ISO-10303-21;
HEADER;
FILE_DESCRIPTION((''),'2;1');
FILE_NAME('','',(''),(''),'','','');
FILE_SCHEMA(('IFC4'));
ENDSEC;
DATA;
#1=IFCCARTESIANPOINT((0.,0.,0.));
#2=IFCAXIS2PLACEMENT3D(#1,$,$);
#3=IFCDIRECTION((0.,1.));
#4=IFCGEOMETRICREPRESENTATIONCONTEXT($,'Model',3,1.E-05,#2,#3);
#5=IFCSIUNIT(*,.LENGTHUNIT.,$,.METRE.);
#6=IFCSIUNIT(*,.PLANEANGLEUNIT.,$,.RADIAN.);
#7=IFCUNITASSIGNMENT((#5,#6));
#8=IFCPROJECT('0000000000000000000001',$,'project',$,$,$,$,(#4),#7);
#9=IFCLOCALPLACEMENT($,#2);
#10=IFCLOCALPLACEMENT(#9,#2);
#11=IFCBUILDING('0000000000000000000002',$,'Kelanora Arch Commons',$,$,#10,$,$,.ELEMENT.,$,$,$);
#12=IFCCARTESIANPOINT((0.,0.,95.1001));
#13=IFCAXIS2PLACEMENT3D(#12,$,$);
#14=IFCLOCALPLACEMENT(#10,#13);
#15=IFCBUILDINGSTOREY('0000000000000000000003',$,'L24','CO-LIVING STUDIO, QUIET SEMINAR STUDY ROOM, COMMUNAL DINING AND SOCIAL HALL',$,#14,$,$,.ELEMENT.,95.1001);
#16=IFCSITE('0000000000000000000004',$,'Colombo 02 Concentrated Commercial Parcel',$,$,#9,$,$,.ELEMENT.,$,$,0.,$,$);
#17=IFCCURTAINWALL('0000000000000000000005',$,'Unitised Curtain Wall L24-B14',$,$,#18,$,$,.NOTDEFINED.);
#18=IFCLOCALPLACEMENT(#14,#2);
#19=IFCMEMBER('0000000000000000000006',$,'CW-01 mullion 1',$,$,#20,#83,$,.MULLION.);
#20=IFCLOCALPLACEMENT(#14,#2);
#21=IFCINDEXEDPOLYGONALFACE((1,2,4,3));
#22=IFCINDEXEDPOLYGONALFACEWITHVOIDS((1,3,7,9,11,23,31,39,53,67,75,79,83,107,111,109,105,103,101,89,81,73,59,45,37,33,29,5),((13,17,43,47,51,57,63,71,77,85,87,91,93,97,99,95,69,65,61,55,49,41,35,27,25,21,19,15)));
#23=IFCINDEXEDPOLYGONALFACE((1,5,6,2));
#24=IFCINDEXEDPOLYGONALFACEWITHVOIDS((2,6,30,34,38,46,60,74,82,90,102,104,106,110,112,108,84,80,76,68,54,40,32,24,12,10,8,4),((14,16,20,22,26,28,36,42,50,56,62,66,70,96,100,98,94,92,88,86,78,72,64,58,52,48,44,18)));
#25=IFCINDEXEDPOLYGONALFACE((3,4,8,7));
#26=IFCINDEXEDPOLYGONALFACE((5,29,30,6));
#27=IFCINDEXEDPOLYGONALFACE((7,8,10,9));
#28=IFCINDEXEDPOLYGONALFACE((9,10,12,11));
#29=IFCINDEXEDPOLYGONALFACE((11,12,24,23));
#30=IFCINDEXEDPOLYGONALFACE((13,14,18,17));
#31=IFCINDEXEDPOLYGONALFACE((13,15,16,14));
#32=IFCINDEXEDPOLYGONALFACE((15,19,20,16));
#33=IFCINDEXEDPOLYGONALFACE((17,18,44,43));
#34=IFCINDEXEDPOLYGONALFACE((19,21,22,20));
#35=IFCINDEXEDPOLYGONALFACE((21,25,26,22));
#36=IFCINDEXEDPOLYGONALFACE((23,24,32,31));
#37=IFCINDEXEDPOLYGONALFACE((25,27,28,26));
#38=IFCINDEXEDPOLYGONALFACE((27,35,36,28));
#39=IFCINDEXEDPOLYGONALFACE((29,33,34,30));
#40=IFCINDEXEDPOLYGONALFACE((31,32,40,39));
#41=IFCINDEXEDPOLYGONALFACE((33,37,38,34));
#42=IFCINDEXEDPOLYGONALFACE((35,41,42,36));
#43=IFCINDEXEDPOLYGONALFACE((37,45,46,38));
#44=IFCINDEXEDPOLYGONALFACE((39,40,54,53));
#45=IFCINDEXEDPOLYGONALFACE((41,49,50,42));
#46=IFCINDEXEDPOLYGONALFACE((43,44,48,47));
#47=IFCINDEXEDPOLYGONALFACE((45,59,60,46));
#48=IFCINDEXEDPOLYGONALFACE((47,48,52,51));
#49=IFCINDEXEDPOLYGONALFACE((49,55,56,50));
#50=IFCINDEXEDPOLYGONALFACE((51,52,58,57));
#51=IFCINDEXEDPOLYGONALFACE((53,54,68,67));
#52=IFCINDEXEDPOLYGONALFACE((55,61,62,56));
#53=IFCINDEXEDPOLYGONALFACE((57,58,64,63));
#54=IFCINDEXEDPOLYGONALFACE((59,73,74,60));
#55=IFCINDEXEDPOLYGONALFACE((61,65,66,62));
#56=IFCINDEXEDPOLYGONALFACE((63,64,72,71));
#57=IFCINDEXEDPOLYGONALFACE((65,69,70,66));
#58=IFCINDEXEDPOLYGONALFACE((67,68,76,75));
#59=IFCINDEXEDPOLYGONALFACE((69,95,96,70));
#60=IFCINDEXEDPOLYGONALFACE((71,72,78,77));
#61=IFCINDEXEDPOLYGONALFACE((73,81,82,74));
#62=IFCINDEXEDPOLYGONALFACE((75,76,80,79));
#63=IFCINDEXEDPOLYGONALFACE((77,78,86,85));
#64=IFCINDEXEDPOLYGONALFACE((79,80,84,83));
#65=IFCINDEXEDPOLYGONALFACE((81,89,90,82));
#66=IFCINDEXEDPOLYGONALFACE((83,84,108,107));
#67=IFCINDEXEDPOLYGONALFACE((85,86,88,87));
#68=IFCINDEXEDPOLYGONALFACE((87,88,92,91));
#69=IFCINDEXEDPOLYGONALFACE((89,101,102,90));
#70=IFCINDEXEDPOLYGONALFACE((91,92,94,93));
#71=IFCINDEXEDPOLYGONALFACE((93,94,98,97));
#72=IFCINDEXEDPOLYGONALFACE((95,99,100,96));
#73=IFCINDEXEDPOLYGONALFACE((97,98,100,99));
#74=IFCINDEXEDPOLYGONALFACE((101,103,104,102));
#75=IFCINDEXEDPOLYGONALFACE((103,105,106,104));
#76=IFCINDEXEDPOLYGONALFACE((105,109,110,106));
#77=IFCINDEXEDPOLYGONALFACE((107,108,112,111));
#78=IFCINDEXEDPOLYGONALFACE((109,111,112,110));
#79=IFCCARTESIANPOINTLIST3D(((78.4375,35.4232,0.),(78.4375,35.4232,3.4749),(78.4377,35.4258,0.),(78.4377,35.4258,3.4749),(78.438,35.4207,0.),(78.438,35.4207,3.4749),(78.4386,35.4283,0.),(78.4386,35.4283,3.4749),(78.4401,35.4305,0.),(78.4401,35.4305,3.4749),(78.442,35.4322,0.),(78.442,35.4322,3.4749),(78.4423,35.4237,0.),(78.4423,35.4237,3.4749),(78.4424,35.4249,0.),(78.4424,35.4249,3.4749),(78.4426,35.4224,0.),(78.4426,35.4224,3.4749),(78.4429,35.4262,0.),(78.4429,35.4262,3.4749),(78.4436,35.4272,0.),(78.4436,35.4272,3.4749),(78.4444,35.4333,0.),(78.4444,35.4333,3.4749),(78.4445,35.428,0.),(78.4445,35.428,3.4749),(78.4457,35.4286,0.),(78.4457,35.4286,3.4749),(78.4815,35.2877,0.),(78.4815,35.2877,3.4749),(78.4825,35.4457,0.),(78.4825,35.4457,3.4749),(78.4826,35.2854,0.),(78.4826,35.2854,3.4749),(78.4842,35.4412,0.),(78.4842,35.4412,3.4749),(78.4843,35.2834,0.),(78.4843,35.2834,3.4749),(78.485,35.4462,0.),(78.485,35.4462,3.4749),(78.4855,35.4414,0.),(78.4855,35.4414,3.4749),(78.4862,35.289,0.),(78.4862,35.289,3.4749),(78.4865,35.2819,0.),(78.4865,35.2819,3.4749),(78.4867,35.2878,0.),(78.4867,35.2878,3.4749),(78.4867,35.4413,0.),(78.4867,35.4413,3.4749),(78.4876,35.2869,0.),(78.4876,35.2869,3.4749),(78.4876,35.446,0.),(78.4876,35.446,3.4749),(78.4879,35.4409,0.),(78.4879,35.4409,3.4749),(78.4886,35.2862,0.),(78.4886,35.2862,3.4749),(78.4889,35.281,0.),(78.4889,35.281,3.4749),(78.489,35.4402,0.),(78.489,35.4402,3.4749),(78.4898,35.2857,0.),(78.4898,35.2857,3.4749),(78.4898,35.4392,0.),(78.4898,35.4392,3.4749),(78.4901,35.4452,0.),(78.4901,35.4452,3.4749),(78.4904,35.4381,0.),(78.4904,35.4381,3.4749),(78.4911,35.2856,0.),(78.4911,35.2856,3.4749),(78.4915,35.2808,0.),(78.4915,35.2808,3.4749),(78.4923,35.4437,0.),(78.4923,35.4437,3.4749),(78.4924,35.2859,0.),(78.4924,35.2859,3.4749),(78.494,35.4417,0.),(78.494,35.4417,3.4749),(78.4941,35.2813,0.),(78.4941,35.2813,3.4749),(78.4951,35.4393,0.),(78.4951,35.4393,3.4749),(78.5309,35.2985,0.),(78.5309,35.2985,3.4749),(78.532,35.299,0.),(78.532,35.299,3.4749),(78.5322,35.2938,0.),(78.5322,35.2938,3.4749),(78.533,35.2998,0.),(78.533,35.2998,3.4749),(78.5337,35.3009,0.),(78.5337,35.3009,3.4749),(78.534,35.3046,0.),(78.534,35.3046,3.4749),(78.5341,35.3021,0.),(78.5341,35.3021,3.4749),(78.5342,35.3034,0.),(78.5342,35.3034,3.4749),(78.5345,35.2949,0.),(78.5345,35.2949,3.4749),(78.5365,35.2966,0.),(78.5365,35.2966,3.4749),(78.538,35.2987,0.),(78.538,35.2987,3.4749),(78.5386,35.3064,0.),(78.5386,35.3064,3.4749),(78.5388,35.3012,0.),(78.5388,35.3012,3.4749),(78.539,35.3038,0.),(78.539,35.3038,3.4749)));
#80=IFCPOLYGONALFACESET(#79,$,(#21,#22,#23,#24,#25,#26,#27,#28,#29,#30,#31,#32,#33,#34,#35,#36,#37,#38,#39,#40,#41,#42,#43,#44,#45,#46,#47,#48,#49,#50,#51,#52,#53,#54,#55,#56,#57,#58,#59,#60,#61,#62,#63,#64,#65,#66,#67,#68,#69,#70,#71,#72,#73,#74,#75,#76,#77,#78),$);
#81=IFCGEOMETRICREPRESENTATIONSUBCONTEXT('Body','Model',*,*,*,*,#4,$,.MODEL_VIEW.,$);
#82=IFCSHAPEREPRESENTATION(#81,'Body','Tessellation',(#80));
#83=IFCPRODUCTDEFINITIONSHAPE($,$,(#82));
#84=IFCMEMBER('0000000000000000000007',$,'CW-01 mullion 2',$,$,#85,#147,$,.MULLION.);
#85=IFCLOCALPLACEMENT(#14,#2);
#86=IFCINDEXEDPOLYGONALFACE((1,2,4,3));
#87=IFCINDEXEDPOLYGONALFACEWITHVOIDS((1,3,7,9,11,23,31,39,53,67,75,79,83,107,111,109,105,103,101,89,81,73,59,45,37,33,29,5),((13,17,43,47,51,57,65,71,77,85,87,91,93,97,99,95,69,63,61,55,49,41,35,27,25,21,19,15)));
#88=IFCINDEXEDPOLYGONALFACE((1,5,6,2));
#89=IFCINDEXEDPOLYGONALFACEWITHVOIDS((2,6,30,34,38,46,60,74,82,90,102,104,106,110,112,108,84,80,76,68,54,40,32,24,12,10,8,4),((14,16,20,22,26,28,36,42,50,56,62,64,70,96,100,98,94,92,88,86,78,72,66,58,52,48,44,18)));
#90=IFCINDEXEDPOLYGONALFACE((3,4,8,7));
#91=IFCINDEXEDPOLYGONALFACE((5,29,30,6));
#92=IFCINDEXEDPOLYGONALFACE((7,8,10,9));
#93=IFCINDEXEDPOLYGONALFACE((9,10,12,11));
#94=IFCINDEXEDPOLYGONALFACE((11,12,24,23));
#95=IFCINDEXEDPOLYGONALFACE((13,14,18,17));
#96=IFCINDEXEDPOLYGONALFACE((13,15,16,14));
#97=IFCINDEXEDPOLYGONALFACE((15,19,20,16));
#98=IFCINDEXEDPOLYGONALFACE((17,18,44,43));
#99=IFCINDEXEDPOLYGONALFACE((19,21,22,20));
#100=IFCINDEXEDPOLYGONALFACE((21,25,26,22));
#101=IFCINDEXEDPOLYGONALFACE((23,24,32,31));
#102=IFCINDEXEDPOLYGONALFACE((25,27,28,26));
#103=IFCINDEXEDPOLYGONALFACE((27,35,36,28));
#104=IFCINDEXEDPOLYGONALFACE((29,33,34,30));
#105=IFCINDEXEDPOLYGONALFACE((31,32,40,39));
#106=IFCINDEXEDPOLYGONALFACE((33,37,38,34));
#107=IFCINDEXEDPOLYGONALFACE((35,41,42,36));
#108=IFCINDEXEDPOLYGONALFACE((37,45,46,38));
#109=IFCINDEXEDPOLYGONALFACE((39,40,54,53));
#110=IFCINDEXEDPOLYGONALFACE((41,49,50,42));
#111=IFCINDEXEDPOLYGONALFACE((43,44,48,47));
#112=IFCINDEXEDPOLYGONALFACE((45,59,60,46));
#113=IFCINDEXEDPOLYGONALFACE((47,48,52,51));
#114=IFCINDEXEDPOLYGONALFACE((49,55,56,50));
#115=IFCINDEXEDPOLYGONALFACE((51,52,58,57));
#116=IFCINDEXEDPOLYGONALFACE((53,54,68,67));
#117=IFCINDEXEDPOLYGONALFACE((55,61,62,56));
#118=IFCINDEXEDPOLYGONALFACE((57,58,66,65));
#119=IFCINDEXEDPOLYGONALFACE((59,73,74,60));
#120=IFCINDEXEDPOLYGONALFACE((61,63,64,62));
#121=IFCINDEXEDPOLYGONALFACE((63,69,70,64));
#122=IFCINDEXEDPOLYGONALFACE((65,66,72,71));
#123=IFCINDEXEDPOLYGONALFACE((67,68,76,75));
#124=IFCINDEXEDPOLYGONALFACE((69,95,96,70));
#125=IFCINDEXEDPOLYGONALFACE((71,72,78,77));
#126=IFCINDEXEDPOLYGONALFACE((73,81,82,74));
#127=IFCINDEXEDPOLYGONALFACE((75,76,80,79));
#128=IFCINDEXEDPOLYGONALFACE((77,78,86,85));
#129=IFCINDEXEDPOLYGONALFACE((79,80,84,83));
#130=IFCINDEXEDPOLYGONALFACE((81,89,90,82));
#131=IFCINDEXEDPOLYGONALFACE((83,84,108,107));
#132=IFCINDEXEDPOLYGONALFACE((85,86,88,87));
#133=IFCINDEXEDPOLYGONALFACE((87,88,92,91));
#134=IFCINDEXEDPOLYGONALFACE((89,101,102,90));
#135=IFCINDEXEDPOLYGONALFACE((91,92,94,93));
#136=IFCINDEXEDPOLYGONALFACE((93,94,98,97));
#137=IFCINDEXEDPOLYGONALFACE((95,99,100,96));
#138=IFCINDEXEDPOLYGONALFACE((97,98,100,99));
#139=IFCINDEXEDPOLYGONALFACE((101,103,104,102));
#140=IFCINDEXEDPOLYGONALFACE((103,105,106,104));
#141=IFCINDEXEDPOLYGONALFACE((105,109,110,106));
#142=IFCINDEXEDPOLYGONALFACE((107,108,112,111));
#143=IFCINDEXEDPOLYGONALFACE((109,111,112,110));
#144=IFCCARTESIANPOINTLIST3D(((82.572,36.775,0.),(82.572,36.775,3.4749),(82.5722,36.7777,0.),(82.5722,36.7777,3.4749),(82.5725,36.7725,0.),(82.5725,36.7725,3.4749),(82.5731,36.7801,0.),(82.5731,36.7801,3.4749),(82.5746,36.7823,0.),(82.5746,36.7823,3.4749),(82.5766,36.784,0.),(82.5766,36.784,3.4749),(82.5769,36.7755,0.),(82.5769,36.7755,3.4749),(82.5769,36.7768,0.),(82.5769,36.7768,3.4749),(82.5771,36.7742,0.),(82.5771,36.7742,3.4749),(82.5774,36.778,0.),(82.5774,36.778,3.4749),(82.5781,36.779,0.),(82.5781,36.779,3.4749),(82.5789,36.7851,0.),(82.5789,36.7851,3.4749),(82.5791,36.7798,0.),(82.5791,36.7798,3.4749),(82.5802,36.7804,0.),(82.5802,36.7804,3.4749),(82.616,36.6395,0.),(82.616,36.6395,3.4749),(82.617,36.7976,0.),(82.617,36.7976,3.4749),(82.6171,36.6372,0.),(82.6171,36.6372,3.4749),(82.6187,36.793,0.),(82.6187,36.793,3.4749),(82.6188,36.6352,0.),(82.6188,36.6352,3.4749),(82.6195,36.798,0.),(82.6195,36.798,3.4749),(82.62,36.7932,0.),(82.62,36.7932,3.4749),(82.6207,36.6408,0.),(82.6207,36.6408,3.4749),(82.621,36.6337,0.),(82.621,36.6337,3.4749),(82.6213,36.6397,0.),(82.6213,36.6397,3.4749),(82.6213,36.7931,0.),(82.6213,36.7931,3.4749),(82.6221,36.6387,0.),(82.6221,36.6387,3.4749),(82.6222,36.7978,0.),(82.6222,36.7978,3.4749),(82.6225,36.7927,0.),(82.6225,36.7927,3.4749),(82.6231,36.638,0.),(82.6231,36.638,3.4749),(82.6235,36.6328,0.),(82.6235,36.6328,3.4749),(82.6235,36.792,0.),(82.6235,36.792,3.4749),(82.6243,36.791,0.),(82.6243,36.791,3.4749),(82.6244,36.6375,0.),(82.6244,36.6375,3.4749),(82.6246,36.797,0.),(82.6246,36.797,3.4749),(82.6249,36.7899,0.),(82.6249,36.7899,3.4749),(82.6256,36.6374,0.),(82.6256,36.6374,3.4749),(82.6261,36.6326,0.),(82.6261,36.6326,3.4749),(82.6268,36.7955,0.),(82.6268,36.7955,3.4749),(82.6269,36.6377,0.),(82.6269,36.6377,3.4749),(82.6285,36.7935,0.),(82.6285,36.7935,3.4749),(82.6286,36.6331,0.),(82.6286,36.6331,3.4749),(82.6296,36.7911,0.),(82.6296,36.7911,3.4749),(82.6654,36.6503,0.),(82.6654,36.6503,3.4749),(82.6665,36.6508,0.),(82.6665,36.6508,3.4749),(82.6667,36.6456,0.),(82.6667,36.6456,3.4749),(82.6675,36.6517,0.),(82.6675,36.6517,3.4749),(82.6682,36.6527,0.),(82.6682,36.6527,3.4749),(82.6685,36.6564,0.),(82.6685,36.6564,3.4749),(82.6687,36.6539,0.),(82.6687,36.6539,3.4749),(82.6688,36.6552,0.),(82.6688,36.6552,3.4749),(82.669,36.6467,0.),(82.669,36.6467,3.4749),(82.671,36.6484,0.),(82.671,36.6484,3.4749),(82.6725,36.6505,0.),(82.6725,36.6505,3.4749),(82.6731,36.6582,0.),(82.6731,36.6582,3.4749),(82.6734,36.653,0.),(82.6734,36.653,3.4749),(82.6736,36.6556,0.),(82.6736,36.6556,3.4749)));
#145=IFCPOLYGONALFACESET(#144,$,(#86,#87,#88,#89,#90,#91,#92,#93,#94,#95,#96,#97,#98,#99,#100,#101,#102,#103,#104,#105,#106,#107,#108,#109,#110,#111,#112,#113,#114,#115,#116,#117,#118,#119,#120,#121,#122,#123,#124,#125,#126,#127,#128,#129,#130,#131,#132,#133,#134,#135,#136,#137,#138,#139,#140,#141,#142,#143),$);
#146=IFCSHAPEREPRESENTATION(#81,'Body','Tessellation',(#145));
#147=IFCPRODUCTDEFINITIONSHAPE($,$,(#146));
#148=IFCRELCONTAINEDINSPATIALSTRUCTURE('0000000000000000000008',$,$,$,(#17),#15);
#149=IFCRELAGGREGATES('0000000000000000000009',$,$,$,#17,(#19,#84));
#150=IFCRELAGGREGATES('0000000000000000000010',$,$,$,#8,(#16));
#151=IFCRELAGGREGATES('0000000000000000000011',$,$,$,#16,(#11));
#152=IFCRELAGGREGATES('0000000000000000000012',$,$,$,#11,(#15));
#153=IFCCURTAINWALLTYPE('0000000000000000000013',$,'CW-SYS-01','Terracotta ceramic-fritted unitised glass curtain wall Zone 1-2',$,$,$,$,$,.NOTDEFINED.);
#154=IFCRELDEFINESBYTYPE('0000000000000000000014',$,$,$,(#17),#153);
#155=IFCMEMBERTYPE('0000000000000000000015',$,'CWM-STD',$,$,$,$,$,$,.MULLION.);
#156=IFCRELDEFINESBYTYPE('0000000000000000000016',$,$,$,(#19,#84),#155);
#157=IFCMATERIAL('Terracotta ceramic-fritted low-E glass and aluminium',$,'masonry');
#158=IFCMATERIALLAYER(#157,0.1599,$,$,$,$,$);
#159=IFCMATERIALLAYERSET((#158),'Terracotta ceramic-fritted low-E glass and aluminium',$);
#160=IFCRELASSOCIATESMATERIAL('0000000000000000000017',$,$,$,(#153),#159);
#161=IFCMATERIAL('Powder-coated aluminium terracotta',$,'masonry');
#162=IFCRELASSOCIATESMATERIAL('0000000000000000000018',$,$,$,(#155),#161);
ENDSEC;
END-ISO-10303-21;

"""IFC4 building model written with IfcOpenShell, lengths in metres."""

from ifc_helpers import new_model, si_unit, direction, frame, origin, origin_2d, place, context, subcontext, project, spatial, hollow_rectangle, extrude, material, layer, layer_set, material_profile, profile_set, type_object, element, aggregate, save


model = new_model("IFC4")

# Units and contexts
model_context = context("Model", 3, precision=1e-05, world=origin(), true_north=direction((0.0, 1.0)))
body_context = subcontext(model_context, "Body", "Model", "MODEL_VIEW")
ifc_project = project(units=[si_unit("LENGTHUNIT", "METRE"), si_unit("PLANEANGLEUNIT", "RADIAN")], contexts=[model_context])

# Site, building, storey
site_placement = place(None, origin())
site = spatial("IfcSite", under=ifc_project, at=site_placement, Name="Colombo 02 Concentrated Commercial Parcel", CompositionType="ELEMENT", RefElevation=0.0)
building_placement = place(site_placement, origin())
building = spatial("IfcBuilding", under=site, at=building_placement, Name="Kelanora Arch Commons", CompositionType="ELEMENT")
storey_placement = place(building_placement, frame((0.0, 0.0, 95.1001)))
storey = spatial("IfcBuildingStorey", under=building, at=storey_placement, Name="L24", Description="CO-LIVING STUDIO, QUIET SEMINAR STUDY ROOM, COMMUNAL DINING AND SOCIAL HALL", CompositionType="ELEMENT", Elevation=95.1001)

# Curtain wall, members
ifc_material_1 = material(Name="Terracotta ceramic-fritted low-E glass and aluminium", Category="masonry")
ifc_layer_1 = layer(ifc_material_1, 0.1599)
ifc_layer_set_1 = layer_set([ifc_layer_1], Name="Terracotta ceramic-fritted low-E glass and aluminium")
curtain_wall_type = type_object("IfcCurtainWallType", Name="CW-SYS-01", Description="Terracotta ceramic-fritted unitised glass curtain wall Zone 1-2", PredefinedType="NOTDEFINED", material=ifc_layer_set_1)
curtain_wall_placement = place(storey_placement, origin())
curtain_wall = element("IfcCurtainWall", 1, at=curtain_wall_placement, inside=storey, type_object=curtain_wall_type, Name="Unitised Curtain Wall L24-B14", PredefinedType="NOTDEFINED")
ifc_material_2 = material(Name="Powder-coated aluminium terracotta", Category="masonry")
ifc_material_profile_1 = material_profile(ifc_material_2, hollow_rectangle(XDim=0.1599, YDim=0.0601, WallThickness=0.0049, InnerFilletRadius=0.0049, OuterFilletRadius=0.01, at=origin_2d()), Name="CWM160x60")
ifc_profile_set_1 = profile_set([ifc_material_profile_1], Name="Powder-coated aluminium terracotta")
member_type_1 = type_object("IfcMemberType", Name="CWM-STD", PredefinedType="MULLION", material=ifc_profile_set_1)
member_1_placement = place(storey_placement, frame((78.4883, 35.3635, 0.0), z_axis=(0.0, 0.0, 1.0), x_axis=(-0.310805, 0.950474, 0.0)))
member_1 = element("IfcMember", 2, at=member_1_placement, type_object=member_type_1, Name="CW-01 mullion 1", PredefinedType="MULLION", context=body_context, shape_type="SweptSolid", body=[
    extrude(hollow_rectangle(XDim=0.1599, YDim=0.0601, WallThickness=0.0049, InnerFilletRadius=0.0049, OuterFilletRadius=0.01, at=origin_2d()), origin(), (0.0, 0.0, 1.0), 3.4749),
])
member_2_placement = place(storey_placement, frame((82.6228, 36.7153, 0.0), z_axis=(0.0, 0.0, 1.0), x_axis=(-0.310805, 0.950474, 0.0)))
member_2 = element("IfcMember", 3, at=member_2_placement, type_object=member_type_1, Name="CW-01 mullion 2", PredefinedType="MULLION", context=body_context, shape_type="SweptSolid", body=[
    extrude(hollow_rectangle(XDim=0.1599, YDim=0.0601, WallThickness=0.0049, InnerFilletRadius=0.0049, OuterFilletRadius=0.01, at=origin_2d()), origin(), (0.0, 0.0, 1.0), 3.4749),
])
aggregate(curtain_wall, [member_1, member_2])

save(model, "model.ifc")
